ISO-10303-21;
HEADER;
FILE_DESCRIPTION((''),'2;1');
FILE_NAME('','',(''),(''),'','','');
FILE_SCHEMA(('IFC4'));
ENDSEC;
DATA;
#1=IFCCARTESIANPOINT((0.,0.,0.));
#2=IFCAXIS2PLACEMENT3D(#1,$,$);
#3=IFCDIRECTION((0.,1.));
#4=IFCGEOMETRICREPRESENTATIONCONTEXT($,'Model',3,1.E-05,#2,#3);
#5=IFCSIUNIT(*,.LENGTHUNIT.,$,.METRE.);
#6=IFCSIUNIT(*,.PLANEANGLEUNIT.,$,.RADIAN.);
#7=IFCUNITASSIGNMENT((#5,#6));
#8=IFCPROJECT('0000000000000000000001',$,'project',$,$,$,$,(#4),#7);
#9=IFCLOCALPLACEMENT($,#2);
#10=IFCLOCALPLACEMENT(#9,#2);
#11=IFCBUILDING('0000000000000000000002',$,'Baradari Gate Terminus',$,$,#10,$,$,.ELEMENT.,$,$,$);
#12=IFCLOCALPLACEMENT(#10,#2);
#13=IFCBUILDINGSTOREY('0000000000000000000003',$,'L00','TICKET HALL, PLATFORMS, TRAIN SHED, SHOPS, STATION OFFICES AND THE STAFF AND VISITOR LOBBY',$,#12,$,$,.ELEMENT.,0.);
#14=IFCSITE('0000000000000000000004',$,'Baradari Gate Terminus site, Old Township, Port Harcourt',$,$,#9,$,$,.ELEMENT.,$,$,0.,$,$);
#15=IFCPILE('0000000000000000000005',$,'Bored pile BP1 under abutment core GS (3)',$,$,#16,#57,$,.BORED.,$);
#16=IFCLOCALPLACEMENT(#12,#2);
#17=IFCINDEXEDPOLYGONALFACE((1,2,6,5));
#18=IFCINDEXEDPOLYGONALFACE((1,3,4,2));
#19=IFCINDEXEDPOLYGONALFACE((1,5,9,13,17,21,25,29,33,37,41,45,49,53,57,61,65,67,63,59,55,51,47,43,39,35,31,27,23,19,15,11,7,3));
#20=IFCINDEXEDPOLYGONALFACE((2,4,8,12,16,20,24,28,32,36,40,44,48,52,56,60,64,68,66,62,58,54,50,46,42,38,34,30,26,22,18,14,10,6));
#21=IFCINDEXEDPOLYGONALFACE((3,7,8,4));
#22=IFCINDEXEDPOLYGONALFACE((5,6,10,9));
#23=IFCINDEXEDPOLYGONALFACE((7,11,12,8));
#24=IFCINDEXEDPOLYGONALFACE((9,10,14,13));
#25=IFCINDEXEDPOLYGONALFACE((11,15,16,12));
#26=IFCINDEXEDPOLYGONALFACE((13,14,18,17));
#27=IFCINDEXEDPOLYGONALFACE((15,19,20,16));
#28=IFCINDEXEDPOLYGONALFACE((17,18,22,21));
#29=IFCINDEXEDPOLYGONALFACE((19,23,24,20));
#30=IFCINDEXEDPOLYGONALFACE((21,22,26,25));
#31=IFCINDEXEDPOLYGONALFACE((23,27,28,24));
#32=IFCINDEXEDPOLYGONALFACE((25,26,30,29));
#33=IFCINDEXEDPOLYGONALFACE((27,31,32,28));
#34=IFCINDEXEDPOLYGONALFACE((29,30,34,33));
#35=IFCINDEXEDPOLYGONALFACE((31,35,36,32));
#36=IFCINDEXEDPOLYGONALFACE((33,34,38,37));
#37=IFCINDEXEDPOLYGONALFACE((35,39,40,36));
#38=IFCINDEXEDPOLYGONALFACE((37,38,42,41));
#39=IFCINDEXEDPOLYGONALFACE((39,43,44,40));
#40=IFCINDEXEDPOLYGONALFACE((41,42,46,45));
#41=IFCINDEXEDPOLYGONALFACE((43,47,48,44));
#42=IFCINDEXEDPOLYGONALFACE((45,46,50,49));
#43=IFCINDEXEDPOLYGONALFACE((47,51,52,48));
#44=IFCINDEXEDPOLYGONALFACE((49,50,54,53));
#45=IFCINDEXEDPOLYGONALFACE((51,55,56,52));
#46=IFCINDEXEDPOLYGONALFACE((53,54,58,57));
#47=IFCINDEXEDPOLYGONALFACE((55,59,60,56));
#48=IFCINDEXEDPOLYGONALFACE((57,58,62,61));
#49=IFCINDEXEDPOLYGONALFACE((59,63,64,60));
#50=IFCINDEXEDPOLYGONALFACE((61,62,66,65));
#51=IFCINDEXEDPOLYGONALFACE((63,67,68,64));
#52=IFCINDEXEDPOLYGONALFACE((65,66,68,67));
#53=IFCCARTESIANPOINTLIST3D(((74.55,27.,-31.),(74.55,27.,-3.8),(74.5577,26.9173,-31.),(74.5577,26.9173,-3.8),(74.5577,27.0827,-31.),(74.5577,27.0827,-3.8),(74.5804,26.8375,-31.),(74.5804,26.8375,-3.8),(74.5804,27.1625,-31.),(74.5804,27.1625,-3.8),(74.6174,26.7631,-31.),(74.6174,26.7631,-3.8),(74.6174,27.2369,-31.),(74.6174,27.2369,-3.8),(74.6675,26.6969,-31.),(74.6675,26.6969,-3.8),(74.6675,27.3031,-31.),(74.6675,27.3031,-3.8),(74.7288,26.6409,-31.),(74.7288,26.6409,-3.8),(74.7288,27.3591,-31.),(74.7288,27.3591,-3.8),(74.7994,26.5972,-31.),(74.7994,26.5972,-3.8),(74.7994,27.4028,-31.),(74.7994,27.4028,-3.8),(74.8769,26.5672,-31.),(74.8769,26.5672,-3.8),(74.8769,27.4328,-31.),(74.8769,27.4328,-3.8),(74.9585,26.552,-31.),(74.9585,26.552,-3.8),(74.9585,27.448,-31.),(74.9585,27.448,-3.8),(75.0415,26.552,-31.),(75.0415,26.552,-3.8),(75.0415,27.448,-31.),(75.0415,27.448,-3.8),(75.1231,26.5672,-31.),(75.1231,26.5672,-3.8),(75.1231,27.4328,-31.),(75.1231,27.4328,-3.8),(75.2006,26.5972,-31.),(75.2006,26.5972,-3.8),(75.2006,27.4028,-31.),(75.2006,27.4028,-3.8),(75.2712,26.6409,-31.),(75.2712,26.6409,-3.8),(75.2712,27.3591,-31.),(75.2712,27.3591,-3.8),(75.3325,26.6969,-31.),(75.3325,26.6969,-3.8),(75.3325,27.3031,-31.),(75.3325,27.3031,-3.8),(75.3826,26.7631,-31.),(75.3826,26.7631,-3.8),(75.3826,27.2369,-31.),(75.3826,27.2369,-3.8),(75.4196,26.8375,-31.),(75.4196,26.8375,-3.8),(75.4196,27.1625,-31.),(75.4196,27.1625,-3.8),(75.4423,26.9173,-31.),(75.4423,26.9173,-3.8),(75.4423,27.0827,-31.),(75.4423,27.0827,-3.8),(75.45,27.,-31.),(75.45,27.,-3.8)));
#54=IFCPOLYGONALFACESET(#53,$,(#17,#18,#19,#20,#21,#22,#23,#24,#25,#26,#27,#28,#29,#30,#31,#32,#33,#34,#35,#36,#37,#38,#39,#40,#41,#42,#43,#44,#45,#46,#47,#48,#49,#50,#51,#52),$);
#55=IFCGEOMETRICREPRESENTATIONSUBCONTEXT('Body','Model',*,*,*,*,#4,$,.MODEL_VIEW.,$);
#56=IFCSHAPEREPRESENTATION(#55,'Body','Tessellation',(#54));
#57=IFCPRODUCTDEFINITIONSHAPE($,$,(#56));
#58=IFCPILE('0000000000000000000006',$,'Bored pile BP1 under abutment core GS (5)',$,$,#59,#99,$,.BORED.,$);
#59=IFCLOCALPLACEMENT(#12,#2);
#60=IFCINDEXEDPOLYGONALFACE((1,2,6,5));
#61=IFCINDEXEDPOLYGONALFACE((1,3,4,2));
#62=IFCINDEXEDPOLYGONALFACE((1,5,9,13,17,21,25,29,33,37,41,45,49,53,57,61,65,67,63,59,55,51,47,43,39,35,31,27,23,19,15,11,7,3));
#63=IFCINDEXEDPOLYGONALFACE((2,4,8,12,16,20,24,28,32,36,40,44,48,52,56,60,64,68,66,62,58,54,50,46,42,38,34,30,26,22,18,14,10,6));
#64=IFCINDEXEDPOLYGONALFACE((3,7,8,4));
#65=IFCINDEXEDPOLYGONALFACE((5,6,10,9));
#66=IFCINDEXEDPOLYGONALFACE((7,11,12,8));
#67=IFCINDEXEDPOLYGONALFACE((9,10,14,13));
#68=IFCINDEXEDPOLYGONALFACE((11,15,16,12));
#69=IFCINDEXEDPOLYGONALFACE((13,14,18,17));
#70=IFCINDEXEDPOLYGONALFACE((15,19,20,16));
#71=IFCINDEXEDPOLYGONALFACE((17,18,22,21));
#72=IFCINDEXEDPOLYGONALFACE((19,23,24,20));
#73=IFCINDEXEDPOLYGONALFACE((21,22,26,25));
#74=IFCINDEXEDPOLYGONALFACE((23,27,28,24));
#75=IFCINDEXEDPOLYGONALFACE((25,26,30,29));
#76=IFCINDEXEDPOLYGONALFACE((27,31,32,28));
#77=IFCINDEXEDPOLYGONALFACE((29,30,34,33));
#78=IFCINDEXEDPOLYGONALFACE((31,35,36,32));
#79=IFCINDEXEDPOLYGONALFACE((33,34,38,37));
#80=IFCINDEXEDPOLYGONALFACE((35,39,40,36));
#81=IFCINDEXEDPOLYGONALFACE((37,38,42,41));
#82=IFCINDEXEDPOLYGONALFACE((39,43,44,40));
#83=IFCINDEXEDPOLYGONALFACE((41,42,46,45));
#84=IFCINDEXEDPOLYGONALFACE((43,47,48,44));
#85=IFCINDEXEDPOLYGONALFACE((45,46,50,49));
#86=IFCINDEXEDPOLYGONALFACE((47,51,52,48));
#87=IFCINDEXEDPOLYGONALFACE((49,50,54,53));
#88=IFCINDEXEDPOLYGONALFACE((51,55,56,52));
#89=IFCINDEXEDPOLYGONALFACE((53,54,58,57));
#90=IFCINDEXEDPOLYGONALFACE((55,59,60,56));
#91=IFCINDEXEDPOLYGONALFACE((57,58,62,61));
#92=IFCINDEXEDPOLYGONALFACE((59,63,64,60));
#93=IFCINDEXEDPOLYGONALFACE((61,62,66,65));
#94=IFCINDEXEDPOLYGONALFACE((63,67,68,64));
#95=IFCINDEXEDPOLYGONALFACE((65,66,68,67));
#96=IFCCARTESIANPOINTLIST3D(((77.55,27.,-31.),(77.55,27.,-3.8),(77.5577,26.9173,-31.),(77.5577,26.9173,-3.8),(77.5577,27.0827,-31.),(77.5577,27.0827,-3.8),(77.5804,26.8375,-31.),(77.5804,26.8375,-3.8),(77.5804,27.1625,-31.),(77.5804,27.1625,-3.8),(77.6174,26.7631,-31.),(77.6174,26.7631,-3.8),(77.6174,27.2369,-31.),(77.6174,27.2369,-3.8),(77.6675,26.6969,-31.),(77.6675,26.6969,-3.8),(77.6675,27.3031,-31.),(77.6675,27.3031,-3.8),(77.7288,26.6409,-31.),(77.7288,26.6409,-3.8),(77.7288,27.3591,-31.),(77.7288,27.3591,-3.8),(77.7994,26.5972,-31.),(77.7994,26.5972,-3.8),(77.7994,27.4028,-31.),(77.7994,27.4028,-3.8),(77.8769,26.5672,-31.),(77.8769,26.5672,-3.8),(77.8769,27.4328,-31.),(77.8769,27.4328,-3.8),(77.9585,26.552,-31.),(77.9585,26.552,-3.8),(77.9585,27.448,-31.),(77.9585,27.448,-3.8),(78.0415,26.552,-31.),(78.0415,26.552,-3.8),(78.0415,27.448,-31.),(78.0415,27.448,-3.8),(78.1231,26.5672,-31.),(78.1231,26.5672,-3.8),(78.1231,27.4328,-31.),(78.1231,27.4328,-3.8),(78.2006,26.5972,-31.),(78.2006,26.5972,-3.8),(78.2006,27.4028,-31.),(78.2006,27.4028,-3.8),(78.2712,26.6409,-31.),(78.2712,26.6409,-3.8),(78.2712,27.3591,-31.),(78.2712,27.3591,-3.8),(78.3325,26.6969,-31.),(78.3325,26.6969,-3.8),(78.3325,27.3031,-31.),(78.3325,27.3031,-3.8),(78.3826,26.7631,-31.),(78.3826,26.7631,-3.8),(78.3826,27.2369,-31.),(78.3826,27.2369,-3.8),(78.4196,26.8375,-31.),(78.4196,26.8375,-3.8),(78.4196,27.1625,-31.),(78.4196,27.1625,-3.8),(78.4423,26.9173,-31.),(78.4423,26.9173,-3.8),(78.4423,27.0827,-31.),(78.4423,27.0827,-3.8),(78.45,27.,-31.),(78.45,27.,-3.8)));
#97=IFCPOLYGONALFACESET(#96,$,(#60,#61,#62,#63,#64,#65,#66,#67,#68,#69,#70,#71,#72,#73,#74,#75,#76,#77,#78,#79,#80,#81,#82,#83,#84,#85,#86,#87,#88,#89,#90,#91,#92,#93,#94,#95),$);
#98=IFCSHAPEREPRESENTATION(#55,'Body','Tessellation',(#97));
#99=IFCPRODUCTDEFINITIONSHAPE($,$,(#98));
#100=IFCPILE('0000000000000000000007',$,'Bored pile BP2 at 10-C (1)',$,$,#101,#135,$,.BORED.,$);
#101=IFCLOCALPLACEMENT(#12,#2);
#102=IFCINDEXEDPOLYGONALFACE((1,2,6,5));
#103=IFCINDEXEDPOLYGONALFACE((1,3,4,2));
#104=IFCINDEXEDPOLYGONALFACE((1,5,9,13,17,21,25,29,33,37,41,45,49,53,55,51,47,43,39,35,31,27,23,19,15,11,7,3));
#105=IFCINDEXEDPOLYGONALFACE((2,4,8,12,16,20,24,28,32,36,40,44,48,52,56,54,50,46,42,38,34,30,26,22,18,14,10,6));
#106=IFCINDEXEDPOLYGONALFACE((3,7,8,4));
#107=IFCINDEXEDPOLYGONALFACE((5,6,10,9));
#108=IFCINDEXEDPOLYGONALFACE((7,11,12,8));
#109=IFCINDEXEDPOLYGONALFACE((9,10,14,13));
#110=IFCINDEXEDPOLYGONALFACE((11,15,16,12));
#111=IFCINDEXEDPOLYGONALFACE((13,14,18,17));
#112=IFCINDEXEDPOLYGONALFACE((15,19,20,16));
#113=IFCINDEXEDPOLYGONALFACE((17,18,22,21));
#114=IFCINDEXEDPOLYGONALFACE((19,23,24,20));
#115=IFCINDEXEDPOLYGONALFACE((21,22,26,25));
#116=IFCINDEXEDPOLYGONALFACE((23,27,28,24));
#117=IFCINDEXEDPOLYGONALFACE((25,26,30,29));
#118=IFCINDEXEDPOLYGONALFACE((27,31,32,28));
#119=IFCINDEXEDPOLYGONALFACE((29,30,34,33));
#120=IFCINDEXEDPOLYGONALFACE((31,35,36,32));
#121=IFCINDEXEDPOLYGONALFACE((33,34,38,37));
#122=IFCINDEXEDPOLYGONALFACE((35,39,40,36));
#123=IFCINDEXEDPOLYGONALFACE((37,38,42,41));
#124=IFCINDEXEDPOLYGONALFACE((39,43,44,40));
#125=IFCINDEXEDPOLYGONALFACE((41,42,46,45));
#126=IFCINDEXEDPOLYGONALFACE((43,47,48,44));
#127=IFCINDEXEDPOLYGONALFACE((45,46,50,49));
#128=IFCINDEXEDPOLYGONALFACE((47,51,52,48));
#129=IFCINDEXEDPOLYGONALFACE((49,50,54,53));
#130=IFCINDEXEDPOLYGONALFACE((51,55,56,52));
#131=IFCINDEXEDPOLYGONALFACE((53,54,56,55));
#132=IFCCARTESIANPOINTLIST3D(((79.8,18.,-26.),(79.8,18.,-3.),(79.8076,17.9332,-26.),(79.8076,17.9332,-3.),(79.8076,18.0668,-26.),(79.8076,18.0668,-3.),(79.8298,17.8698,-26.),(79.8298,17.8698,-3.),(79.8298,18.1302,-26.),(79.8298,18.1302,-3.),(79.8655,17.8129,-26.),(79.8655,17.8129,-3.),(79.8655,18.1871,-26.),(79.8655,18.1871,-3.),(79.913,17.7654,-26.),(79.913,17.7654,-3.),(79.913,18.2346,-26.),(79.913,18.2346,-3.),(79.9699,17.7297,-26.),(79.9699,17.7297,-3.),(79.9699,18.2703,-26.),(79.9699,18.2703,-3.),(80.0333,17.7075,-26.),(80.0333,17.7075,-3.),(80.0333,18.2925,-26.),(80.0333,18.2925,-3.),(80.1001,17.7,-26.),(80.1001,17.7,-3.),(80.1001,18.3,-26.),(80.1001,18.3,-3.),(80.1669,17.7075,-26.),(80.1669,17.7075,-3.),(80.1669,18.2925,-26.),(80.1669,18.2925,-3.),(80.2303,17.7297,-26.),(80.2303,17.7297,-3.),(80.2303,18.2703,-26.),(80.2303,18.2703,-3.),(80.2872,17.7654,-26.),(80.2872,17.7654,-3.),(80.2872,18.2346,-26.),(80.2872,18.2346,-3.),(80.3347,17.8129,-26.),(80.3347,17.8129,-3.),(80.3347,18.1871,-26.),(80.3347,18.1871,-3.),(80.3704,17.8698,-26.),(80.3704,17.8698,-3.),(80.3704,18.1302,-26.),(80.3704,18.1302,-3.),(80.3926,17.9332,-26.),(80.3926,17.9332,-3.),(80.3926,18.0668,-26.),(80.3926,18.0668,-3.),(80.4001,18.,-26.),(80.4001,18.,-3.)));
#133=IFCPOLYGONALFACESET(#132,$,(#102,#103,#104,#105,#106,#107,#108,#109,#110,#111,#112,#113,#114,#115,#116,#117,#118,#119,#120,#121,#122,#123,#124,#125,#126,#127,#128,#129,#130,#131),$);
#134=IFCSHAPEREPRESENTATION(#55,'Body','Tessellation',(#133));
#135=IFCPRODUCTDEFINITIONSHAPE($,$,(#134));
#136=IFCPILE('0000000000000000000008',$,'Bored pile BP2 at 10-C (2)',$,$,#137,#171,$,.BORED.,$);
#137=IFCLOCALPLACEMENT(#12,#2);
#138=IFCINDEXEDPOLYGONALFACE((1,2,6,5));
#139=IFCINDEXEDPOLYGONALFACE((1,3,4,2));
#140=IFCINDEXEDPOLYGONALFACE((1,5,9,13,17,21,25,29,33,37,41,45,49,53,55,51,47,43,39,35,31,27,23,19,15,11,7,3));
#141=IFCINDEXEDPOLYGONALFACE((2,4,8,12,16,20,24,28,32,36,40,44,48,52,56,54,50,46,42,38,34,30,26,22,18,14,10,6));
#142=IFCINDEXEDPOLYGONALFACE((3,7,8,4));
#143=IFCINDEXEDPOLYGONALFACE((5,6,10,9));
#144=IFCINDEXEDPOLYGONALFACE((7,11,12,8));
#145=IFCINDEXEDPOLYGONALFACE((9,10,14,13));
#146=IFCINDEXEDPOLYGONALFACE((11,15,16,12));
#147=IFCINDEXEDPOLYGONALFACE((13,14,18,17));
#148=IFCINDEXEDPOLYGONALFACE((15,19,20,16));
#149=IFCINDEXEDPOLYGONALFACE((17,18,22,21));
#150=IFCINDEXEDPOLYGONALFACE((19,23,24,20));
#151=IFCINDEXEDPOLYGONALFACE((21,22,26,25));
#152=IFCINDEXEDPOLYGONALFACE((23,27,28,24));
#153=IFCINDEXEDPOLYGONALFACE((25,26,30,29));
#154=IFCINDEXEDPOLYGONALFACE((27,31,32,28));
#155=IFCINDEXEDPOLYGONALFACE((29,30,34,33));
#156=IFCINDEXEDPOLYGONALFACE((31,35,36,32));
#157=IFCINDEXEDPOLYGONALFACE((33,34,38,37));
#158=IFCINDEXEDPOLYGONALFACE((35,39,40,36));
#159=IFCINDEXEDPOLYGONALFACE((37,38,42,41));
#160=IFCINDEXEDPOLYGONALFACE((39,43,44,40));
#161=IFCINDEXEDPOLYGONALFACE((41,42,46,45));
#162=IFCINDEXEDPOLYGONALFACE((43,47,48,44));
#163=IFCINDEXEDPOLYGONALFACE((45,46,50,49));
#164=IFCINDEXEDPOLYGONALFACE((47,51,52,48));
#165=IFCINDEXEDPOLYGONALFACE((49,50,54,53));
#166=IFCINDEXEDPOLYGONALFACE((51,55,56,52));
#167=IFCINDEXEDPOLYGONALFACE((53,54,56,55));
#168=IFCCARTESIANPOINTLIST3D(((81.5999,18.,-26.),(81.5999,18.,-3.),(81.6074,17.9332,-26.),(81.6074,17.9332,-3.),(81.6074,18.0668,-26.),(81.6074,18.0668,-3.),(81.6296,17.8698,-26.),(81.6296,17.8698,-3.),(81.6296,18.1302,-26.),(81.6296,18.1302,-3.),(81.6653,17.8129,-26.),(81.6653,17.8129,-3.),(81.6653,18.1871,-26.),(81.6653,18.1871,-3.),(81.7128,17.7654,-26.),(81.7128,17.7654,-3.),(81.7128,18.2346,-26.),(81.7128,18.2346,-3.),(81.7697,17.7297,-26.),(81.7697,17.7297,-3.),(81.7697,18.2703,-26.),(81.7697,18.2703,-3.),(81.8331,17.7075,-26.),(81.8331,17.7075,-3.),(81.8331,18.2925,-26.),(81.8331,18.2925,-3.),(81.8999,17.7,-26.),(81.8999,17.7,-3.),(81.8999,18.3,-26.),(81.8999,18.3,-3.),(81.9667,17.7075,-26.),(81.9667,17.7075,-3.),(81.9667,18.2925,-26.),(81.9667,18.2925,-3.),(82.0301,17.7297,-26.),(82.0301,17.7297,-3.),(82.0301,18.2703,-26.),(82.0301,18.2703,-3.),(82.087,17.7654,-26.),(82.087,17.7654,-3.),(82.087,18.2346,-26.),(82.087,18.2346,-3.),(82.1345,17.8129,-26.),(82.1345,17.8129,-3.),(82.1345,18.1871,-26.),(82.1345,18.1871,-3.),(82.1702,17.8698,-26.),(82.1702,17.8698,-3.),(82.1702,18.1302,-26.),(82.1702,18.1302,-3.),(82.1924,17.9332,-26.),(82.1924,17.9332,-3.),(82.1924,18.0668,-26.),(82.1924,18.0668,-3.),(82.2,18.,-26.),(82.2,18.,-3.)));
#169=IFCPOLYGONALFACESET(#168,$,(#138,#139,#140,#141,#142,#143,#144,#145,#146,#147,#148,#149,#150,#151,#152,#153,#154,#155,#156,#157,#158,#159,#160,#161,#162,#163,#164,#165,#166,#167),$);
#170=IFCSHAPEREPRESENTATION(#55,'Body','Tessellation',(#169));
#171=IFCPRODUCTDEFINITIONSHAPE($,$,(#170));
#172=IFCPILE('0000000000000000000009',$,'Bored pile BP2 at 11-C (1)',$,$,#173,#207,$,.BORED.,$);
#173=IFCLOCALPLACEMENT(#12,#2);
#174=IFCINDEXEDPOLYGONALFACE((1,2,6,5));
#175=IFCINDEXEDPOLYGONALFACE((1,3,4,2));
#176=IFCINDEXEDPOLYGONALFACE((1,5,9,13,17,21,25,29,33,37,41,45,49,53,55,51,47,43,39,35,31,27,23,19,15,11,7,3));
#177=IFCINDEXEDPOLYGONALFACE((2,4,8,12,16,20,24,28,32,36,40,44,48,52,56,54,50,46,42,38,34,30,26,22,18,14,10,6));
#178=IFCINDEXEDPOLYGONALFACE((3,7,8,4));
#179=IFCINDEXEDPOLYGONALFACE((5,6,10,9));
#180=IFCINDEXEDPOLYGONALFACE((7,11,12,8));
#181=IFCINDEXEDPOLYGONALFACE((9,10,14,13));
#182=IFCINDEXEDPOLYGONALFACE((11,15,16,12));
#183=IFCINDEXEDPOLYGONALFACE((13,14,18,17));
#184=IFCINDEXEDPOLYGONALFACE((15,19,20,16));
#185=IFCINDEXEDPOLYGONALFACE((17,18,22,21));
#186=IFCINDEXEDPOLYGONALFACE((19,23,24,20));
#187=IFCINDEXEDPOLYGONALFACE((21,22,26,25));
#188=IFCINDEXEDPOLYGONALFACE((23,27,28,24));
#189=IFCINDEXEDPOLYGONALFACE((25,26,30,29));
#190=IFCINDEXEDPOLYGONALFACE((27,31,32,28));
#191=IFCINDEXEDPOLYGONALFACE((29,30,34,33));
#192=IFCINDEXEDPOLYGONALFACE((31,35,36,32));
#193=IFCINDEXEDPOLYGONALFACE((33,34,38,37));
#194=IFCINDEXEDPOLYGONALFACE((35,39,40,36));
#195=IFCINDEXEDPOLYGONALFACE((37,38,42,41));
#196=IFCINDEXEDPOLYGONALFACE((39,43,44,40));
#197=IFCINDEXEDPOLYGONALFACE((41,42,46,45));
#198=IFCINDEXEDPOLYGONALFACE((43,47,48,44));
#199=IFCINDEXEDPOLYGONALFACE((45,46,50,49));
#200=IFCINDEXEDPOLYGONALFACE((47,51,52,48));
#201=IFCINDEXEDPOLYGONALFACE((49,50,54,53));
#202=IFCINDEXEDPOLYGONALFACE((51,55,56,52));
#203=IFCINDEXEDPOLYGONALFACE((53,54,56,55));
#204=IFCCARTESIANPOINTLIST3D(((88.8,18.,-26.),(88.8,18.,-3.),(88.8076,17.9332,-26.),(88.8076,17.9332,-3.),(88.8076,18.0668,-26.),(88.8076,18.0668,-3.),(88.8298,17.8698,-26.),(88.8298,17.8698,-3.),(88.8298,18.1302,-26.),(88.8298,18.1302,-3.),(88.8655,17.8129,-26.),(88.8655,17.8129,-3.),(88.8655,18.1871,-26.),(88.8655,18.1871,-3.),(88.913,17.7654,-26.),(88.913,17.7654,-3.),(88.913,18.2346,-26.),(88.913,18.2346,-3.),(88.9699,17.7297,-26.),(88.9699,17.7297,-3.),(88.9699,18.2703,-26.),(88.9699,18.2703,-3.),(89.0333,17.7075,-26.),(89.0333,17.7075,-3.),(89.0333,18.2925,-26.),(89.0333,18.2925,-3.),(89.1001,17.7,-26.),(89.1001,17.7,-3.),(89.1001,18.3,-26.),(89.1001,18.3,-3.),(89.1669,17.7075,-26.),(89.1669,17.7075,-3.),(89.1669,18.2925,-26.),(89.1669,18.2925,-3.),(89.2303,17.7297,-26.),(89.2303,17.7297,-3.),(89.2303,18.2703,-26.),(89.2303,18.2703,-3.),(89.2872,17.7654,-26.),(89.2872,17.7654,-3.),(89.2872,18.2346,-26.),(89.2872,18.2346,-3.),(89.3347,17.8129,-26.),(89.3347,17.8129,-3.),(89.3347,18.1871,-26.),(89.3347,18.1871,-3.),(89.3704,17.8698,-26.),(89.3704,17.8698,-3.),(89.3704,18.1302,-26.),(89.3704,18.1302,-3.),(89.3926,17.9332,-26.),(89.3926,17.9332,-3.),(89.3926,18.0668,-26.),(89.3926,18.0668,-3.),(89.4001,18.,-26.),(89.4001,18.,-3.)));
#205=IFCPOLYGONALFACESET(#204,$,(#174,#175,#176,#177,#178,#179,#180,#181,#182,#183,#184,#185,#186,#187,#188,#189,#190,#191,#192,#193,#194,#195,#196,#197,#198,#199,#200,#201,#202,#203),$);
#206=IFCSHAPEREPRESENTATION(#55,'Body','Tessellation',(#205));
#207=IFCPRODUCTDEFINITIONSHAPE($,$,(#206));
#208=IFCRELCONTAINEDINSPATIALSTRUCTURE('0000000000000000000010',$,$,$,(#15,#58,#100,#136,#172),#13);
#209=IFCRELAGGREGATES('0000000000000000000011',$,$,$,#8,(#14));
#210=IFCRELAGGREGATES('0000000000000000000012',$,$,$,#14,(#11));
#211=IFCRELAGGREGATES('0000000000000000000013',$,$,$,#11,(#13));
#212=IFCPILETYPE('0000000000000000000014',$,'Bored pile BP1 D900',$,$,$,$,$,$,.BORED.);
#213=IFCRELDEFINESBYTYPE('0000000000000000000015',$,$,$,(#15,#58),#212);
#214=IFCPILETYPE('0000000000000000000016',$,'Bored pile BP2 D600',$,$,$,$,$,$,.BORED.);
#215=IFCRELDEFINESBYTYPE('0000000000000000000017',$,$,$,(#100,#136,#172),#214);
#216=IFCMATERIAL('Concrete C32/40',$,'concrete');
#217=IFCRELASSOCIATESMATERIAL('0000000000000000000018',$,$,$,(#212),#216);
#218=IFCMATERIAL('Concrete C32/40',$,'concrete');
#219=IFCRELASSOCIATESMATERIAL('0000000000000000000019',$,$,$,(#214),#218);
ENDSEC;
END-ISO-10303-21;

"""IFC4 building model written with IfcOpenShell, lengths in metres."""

from ifc_helpers import new_model, si_unit, direction, frame, origin, origin_2d, place, context, subcontext, project, spatial, circle, extrude, material, type_object, element, save


model = new_model("IFC4")

# Units and contexts
model_context = context("Model", 3, precision=1e-05, world=origin(), true_north=direction((0.0, 1.0)))
body_context = subcontext(model_context, "Body", "Model", "MODEL_VIEW")
ifc_project = project(units=[si_unit("LENGTHUNIT", "METRE"), si_unit("PLANEANGLEUNIT", "RADIAN")], contexts=[model_context])

# Site, building, storey
site_placement = place(None, origin())
site = spatial("IfcSite", under=ifc_project, at=site_placement, Name="Baradari Gate Terminus site, Old Township, Port Harcourt", CompositionType="ELEMENT", RefElevation=0.0)
building_placement = place(site_placement, origin())
building = spatial("IfcBuilding", under=site, at=building_placement, Name="Baradari Gate Terminus", CompositionType="ELEMENT")
storey_placement = place(building_placement, origin())
storey = spatial("IfcBuildingStorey", under=building, at=storey_placement, Name="L00", Description="TICKET HALL, PLATFORMS, TRAIN SHED, SHOPS, STATION OFFICES AND THE STAFF AND VISITOR LOBBY", CompositionType="ELEMENT", Elevation=0.0)

# Piles
ifc_material_1 = material(Name="Concrete C32/40", Category="concrete")
pile_type_1 = type_object("IfcPileType", Name="Bored pile BP1 D900", PredefinedType="BORED", material=ifc_material_1)
for number, where, z_axis, x_axis, name in (
    (1, (75.0, 27.0, -3.8), (0.0, 0.0, -1.0), (1.0, 0.0, 0.0), "Bored pile BP1 under abutment core GS (3)"),
    (2, (78.0, 27.0, -3.8), (0.0, 0.0, -1.0), (1.0, 0.0, 0.0), "Bored pile BP1 under abutment core GS (5)"),
):
    element("IfcPile", number, at=place(storey_placement, frame(where, z_axis=z_axis, x_axis=x_axis)), inside=storey, type_object=pile_type_1, Name=name, PredefinedType="BORED", context=body_context, shape_type="SweptSolid", body=[
        extrude(circle(Radius=0.45, at=origin_2d()), origin(), (0.0, 0.0, 1.0), 27.2),
    ])
ifc_material_2 = material(Name="Concrete C32/40", Category="concrete")
pile_type_2 = type_object("IfcPileType", Name="Bored pile BP2 D600", PredefinedType="BORED", material=ifc_material_2)
for number, where, z_axis, x_axis, name in (
    (3, (80.1001, 18.0, -3.0), (0.0, 0.0, -1.0), (1.0, 0.0, 0.0), "Bored pile BP2 at 10-C (1)"),
    (4, (81.8999, 18.0, -3.0), (0.0, 0.0, -1.0), (1.0, 0.0, 0.0), "Bored pile BP2 at 10-C (2)"),
    (5, (89.1001, 18.0, -3.0), (0.0, 0.0, -1.0), (1.0, 0.0, 0.0), "Bored pile BP2 at 11-C (1)"),
):
    element("IfcPile", number, at=place(storey_placement, frame(where, z_axis=z_axis, x_axis=x_axis)), inside=storey, type_object=pile_type_2, Name=name, PredefinedType="BORED", context=body_context, shape_type="SweptSolid", body=[
        extrude(circle(Radius=0.3, at=origin_2d()), origin(), (0.0, 0.0, 1.0), 23.0),
    ])

save(model, "model.ifc")
